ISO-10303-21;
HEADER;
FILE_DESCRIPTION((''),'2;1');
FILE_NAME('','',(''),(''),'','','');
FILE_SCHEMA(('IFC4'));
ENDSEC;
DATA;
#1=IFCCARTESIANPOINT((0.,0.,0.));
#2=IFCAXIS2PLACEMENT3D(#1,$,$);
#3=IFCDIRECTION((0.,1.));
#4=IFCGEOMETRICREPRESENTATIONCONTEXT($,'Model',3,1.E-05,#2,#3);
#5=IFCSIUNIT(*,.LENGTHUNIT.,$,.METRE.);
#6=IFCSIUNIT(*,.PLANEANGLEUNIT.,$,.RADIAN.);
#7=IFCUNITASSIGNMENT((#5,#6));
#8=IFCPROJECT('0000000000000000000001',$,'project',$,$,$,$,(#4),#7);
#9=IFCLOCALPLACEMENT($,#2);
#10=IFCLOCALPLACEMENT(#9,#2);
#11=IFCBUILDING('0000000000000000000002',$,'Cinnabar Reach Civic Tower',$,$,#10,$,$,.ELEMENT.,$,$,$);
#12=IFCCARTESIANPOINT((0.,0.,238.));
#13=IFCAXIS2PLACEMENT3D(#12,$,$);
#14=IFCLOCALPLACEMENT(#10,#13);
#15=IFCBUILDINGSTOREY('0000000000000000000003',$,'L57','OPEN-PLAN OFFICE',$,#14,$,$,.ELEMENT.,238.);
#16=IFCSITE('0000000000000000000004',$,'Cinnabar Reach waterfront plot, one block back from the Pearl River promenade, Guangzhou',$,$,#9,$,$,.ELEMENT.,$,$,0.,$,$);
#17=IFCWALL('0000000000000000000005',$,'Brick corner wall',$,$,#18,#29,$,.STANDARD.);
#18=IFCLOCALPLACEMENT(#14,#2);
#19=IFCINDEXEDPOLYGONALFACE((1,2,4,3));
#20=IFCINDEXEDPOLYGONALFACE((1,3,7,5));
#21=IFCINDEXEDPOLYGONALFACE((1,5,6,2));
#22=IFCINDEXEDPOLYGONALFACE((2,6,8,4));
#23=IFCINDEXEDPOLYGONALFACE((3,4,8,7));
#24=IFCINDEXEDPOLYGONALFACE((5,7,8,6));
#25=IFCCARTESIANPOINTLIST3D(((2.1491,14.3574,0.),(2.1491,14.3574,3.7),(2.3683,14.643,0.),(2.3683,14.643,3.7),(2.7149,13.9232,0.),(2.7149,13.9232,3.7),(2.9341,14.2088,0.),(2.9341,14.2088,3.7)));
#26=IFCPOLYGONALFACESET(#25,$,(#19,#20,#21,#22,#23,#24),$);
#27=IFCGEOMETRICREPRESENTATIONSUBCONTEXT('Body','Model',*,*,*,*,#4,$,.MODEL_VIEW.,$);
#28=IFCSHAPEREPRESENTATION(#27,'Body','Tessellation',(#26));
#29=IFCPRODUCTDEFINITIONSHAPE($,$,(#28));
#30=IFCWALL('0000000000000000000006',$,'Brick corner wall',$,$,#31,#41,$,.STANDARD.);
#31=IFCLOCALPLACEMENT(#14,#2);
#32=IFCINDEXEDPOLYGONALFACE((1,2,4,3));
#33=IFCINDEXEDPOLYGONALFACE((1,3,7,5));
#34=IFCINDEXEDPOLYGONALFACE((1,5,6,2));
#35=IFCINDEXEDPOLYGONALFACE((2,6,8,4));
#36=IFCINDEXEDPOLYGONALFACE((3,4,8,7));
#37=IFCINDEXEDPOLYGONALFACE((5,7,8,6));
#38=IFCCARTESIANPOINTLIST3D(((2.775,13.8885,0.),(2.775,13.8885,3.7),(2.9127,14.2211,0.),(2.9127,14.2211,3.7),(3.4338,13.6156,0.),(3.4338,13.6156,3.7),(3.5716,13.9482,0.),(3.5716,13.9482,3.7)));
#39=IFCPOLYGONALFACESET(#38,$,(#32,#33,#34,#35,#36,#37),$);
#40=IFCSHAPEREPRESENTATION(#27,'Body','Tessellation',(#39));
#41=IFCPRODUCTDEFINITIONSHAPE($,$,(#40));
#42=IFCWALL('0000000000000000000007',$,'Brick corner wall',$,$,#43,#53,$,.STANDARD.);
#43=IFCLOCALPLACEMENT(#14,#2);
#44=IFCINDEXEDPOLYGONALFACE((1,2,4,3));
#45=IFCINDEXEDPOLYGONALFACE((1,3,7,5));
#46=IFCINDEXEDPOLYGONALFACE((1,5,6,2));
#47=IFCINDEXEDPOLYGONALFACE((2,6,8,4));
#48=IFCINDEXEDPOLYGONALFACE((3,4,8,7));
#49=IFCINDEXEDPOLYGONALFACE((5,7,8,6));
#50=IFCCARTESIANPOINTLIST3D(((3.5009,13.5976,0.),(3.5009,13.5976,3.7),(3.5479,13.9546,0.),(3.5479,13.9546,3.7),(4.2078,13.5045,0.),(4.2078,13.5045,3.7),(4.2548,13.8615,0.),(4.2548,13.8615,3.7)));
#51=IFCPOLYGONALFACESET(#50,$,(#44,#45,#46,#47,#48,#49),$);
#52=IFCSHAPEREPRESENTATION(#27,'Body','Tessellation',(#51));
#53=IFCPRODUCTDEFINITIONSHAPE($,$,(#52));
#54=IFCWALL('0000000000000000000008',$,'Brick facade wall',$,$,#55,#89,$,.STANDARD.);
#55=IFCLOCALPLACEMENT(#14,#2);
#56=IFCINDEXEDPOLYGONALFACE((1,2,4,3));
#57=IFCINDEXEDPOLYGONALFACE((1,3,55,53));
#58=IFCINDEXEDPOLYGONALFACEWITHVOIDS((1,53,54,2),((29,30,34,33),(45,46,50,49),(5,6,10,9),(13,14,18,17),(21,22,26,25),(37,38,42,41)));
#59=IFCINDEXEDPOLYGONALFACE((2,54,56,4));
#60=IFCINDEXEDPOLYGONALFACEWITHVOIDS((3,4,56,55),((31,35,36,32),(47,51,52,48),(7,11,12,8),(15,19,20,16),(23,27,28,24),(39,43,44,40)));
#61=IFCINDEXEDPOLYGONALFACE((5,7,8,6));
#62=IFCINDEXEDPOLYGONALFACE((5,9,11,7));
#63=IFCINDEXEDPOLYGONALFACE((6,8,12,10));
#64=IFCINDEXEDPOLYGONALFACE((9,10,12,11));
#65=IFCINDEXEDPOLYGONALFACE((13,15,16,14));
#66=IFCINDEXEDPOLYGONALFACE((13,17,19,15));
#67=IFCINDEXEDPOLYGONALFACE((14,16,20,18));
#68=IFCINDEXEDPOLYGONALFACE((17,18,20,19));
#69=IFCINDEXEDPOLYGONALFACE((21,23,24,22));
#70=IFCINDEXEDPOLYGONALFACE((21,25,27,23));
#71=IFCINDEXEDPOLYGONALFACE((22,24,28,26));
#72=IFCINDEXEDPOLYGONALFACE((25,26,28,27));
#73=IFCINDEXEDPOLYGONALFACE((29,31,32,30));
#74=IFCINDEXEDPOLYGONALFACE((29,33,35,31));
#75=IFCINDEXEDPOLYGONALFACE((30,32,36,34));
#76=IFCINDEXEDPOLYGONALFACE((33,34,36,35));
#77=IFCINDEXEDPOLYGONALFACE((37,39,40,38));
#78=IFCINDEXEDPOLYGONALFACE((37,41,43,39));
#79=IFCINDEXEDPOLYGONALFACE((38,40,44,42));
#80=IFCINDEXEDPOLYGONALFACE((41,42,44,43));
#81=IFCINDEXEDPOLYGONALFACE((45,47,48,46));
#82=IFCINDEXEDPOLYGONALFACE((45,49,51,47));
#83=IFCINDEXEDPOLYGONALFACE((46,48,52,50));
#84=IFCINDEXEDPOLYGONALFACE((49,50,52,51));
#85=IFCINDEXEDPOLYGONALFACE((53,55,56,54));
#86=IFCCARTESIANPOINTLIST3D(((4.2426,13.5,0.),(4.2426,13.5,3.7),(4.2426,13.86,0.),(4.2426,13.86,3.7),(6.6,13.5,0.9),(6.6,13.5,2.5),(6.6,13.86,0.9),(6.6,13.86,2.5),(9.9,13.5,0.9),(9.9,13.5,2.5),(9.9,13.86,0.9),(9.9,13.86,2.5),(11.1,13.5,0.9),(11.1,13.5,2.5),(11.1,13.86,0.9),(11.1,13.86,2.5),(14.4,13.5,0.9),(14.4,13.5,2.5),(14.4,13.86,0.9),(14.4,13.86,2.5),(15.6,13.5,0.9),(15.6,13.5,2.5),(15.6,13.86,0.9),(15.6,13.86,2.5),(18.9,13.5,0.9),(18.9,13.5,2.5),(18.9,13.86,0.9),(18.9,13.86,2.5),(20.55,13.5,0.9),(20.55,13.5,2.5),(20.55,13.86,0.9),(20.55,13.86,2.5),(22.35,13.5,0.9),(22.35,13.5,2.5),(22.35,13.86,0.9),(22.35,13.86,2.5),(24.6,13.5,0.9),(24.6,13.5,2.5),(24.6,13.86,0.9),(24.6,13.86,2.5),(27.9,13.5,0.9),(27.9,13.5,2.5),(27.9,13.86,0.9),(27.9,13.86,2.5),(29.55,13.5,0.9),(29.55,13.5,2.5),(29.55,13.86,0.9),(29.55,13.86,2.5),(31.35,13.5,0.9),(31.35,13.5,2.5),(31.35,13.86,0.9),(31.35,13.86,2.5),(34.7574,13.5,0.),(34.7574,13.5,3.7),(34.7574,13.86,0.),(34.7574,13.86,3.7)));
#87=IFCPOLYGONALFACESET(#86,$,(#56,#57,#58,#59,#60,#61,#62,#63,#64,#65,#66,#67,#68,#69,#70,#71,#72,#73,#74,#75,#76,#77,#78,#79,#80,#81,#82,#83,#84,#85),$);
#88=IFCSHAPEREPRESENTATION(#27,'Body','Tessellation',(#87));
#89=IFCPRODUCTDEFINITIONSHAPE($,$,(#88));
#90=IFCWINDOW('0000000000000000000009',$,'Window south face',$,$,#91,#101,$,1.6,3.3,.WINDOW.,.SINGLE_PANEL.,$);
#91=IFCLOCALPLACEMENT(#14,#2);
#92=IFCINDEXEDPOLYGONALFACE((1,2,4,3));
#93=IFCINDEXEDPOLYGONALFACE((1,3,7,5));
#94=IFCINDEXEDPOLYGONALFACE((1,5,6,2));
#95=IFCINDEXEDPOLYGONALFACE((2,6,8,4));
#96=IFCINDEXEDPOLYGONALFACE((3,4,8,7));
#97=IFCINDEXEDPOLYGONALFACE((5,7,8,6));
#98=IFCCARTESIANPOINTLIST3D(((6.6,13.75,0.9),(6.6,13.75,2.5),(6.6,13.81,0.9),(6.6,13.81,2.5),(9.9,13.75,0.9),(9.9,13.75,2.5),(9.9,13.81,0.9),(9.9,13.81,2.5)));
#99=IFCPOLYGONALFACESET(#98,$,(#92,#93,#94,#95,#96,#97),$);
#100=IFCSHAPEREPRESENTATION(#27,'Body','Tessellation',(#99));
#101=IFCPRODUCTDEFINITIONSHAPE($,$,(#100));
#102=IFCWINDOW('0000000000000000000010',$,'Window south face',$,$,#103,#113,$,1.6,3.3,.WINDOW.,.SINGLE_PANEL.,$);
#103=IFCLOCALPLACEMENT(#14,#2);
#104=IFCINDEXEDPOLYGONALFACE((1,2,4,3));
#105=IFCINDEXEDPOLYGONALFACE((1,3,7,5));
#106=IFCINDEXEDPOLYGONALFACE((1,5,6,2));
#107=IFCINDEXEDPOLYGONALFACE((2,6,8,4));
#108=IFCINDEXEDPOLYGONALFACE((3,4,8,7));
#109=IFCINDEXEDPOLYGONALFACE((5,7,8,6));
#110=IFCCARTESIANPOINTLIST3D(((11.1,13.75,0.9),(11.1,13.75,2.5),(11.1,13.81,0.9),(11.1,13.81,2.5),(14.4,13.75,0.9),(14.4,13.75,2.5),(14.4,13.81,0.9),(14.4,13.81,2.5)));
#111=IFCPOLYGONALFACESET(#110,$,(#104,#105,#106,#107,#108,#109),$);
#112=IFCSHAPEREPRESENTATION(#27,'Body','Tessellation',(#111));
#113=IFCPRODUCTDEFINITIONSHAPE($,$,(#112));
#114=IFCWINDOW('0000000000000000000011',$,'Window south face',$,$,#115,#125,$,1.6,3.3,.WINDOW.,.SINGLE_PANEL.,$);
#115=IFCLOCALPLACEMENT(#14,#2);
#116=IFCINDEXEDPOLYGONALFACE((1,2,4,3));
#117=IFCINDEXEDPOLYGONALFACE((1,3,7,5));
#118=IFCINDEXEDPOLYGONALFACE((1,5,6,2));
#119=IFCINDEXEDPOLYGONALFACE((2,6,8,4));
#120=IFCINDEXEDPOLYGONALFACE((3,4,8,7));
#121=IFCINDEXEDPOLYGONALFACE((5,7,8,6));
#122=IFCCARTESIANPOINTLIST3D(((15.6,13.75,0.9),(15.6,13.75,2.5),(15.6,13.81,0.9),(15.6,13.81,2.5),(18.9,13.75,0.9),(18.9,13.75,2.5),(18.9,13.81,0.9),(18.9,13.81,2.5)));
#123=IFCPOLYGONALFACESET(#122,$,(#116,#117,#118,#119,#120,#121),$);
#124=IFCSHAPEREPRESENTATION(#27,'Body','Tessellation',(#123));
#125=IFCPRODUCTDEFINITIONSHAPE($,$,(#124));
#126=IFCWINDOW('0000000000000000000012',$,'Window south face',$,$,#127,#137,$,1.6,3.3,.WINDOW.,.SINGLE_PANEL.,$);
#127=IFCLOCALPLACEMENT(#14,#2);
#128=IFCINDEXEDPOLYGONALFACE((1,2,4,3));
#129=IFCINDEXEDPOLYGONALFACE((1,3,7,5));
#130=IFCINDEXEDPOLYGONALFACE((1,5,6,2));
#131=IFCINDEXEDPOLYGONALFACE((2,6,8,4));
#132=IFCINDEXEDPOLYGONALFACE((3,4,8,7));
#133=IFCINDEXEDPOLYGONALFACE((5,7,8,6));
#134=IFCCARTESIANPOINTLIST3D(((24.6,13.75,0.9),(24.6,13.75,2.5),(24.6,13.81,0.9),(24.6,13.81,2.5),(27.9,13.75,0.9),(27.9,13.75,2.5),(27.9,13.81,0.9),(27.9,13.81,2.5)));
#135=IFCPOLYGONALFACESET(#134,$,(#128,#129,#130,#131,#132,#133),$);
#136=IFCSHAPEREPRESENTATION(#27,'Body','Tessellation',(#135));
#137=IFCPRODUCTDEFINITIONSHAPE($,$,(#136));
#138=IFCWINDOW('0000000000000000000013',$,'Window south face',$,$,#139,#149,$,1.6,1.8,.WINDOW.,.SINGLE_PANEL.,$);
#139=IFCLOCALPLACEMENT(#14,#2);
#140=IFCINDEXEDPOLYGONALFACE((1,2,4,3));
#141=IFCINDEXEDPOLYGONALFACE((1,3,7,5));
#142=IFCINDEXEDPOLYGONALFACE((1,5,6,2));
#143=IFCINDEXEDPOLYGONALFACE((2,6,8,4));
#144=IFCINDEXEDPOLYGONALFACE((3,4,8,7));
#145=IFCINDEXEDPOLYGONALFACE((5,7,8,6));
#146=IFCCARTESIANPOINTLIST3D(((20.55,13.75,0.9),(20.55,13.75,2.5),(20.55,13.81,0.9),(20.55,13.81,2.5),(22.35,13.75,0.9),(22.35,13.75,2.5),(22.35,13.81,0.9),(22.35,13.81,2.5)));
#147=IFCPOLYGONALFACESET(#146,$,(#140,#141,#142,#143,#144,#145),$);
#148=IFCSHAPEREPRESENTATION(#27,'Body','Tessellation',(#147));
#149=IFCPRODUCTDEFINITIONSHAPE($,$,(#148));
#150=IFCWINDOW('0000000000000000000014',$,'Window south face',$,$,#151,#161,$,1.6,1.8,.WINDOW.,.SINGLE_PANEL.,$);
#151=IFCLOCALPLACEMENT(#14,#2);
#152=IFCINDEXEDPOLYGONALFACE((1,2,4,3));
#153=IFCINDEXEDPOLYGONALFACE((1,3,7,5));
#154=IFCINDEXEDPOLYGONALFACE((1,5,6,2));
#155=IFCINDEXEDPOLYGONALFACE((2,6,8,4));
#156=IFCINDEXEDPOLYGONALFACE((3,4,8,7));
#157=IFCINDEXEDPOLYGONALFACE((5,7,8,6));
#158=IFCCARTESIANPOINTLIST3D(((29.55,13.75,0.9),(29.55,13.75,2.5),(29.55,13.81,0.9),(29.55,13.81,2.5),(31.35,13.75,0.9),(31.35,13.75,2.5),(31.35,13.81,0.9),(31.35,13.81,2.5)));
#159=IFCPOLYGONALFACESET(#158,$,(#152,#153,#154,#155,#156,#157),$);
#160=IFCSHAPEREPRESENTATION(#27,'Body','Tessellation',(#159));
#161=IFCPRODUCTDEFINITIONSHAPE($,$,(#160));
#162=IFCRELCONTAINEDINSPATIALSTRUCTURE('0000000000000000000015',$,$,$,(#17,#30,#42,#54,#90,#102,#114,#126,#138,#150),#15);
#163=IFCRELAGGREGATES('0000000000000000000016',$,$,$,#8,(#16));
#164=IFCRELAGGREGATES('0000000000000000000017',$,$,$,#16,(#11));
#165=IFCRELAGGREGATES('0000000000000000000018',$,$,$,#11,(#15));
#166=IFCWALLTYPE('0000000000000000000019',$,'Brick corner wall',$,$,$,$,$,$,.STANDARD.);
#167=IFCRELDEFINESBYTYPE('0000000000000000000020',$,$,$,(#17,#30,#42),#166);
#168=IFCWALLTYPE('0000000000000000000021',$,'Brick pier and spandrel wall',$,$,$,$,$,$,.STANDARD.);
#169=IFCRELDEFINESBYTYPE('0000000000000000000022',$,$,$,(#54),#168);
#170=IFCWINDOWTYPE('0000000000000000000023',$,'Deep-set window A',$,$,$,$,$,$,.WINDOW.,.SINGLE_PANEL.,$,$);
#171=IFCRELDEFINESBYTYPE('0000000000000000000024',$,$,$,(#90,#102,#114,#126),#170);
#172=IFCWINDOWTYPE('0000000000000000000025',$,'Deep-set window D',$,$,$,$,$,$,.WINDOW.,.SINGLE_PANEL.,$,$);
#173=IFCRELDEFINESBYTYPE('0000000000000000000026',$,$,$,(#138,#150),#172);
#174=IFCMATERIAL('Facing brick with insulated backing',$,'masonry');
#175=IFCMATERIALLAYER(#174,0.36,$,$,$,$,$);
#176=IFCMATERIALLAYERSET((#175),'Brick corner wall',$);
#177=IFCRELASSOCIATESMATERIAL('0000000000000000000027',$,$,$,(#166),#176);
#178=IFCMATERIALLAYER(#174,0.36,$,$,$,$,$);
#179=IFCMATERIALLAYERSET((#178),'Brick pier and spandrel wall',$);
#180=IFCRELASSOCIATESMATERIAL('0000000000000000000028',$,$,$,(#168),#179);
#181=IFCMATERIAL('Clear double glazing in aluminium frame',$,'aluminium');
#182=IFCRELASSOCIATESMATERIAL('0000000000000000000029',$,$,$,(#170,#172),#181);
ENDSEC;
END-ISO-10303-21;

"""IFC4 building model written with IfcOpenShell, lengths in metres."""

from ifc_helpers import new_model, si_unit, direction, frame, frame_2d, origin, place, context, subcontext, project, spatial, rectangle, extrude, material, layer, layer_set, type_object, element, fill, save


model = new_model("IFC4")

# Units and contexts
model_context = context("Model", 3, precision=1e-05, world=origin(), true_north=direction((0.0, 1.0)))
body_context = subcontext(model_context, "Body", "Model", "MODEL_VIEW")
ifc_project = project(units=[si_unit("LENGTHUNIT", "METRE"), si_unit("PLANEANGLEUNIT", "RADIAN")], contexts=[model_context])

# Site, building, storey
site_placement = place(None, origin())
site = spatial("IfcSite", under=ifc_project, at=site_placement, Name="Cinnabar Reach waterfront plot, one block back from the Pearl River promenade, Guangzhou", CompositionType="ELEMENT", RefElevation=0.0)
building_placement = place(site_placement, origin())
building = spatial("IfcBuilding", under=site, at=building_placement, Name="Cinnabar Reach Civic Tower", CompositionType="ELEMENT")
storey_placement = place(building_placement, frame((0.0, 0.0, 238.0)))
storey = spatial("IfcBuildingStorey", under=building, at=storey_placement, Name="L57", Description="OPEN-PLAN OFFICE", CompositionType="ELEMENT", Elevation=238.0)

# Walls
ifc_material_1 = material(Name="Facing brick with insulated backing", Category="masonry")
ifc_layer_1 = layer(ifc_material_1, 0.36)
ifc_layer_set_1 = layer_set([ifc_layer_1], Name="Brick corner wall")
wall_type_1 = type_object("IfcWallType", Name="Brick corner wall", PredefinedType="STANDARD", material=ifc_layer_set_1)
wall_1_placement = place(storey_placement, frame((2.2587, 14.5002, 0.0), z_axis=(0.0, 0.0, 1.0), x_axis=(0.793322, -0.608802, 0.0)))
element("IfcWall", 1, at=wall_1_placement, inside=storey, type_object=wall_type_1, Name="Brick corner wall", PredefinedType="STANDARD", context=body_context, shape_type="SweptSolid", body=[
    extrude(rectangle(XDim=0.7132, YDim=0.36, at=frame_2d((0.3566, 0.0))), origin(), (0.0, 0.0, 1.0), 3.7),
])
for number, where, z_axis, x_axis, name in (
    (2, (2.8439, 14.0548, 0.0), (0.0, 0.0, 1.0), (0.923872, -0.382703, 0.0), "Brick corner wall"),
    (3, (3.5244, 13.7761, 0.0), (0.0, 0.0, 1.0), (0.991441, -0.130556, 0.0), "Brick corner wall"),
):
    element("IfcWall", number, at=place(storey_placement, frame(where, z_axis=z_axis, x_axis=x_axis)), inside=storey, type_object=wall_type_1, Name=name, PredefinedType="STANDARD", context=body_context, shape_type="SweptSolid", body=[
        extrude(rectangle(XDim=0.7131, YDim=0.36, at=frame_2d((0.3565, 0.0))), origin(), (0.0, 0.0, 1.0), 3.7),
    ])

# Wall, openings, windows
ifc_layer_2 = layer(ifc_material_1, 0.36)
ifc_layer_set_2 = layer_set([ifc_layer_2], Name="Brick pier and spandrel wall")
wall_type_2 = type_object("IfcWallType", Name="Brick pier and spandrel wall", PredefinedType="STANDARD", material=ifc_layer_set_2)
wall_2_placement = place(storey_placement, frame((4.2426, 13.68, 0.0), z_axis=(0.0, 0.0, 1.0), x_axis=(1.0, 0.0, 0.0)))
wall_2 = element("IfcWall", 4, at=wall_2_placement, inside=storey, type_object=wall_type_2, Name="Brick facade wall", PredefinedType="STANDARD", context=body_context, shape_type="SweptSolid", body=[
    extrude(rectangle(XDim=30.5148, YDim=0.36, at=frame_2d((15.2574, 0.0))), origin(), (0.0, 0.0, 1.0), 3.7),
])
opening_1_placement = place(wall_2_placement, frame((2.3574, 0.0, 0.9)))
opening_1 = element("IfcOpeningElement", 5, at=opening_1_placement, cuts=wall_2, PredefinedType="OPENING", context=body_context, shape_type="SweptSolid", body=[
    extrude(rectangle(XDim=3.3, YDim=1.6, at=frame_2d((1.65, 0.8))), frame((0.0, 0.19, 0.0), z_axis=(0.0, -1.0, 0.0), x_axis=(1.0, 0.0, 0.0)), (0.0, 0.0, 1.0), 0.38),
])
opening_2_placement = place(wall_2_placement, frame((6.8574, 0.0, 0.9)))
opening_2 = element("IfcOpeningElement", 6, at=opening_2_placement, cuts=wall_2, PredefinedType="OPENING", context=body_context, shape_type="SweptSolid", body=[
    extrude(rectangle(XDim=3.3, YDim=1.6, at=frame_2d((1.65, 0.8))), frame((0.0, 0.19, 0.0), z_axis=(0.0, -1.0, 0.0), x_axis=(1.0, 0.0, 0.0)), (0.0, 0.0, 1.0), 0.38),
])
opening_3_placement = place(wall_2_placement, frame((11.3574, 0.0, 0.9)))
opening_3 = element("IfcOpeningElement", 7, at=opening_3_placement, cuts=wall_2, PredefinedType="OPENING", context=body_context, shape_type="SweptSolid", body=[
    extrude(rectangle(XDim=3.3, YDim=1.6, at=frame_2d((1.65, 0.8))), frame((0.0, 0.19, 0.0), z_axis=(0.0, -1.0, 0.0), x_axis=(1.0, 0.0, 0.0)), (0.0, 0.0, 1.0), 0.38),
])
opening_4_placement = place(wall_2_placement, frame((16.3074, 0.0, 0.9)))
opening_4 = element("IfcOpeningElement", 8, at=opening_4_placement, cuts=wall_2, PredefinedType="OPENING", context=body_context, shape_type="SweptSolid", body=[
    extrude(rectangle(XDim=1.8, YDim=1.6, at=frame_2d((0.9, 0.8))), frame((0.0, 0.19, 0.0), z_axis=(0.0, -1.0, 0.0), x_axis=(1.0, 0.0, 0.0)), (0.0, 0.0, 1.0), 0.38),
])
opening_5_placement = place(wall_2_placement, frame((20.3574, 0.0, 0.9)))
opening_5 = element("IfcOpeningElement", 9, at=opening_5_placement, cuts=wall_2, PredefinedType="OPENING", context=body_context, shape_type="SweptSolid", body=[
    extrude(rectangle(XDim=3.3, YDim=1.6, at=frame_2d((1.65, 0.8))), frame((0.0, 0.19, 0.0), z_axis=(0.0, -1.0, 0.0), x_axis=(1.0, 0.0, 0.0)), (0.0, 0.0, 1.0), 0.38),
])
opening_6_placement = place(wall_2_placement, frame((25.3074, 0.0, 0.9)))
opening_6 = element("IfcOpeningElement", 10, at=opening_6_placement, cuts=wall_2, PredefinedType="OPENING", context=body_context, shape_type="SweptSolid", body=[
    extrude(rectangle(XDim=1.8, YDim=1.6, at=frame_2d((0.9, 0.8))), frame((0.0, 0.19, 0.0), z_axis=(0.0, -1.0, 0.0), x_axis=(1.0, 0.0, 0.0)), (0.0, 0.0, 1.0), 0.38),
])
ifc_material_2 = material(Name="Clear double glazing in aluminium frame", Category="aluminium")
window_type_1 = type_object("IfcWindowType", Name="Deep-set window A", PartitioningType="SINGLE_PANEL", PredefinedType="WINDOW", material=ifc_material_2)
window_1_placement = place(opening_1_placement, origin())
window_1 = element("IfcWindow", 11, at=window_1_placement, inside=storey, type_object=window_type_1, Name="Window south face", OverallHeight=1.6, OverallWidth=3.3, PartitioningType="SINGLE_PANEL", PredefinedType="WINDOW", context=body_context, shape_type="SweptSolid", body=[
    extrude(rectangle(XDim=3.3, YDim=1.6, at=frame_2d((1.65, 0.8))), frame((0.0, 0.13, 0.0), z_axis=(0.0, -1.0, 0.0), x_axis=(1.0, 0.0, 0.0)), (0.0, 0.0, 1.0), 0.06),
])
fill(opening_1, window_1)
window_2_placement = place(opening_2_placement, origin())
window_2 = element("IfcWindow", 12, at=window_2_placement, inside=storey, type_object=window_type_1, Name="Window south face", OverallHeight=1.6, OverallWidth=3.3, PartitioningType="SINGLE_PANEL", PredefinedType="WINDOW", context=body_context, shape_type="SweptSolid", body=[
    extrude(rectangle(XDim=3.3, YDim=1.6, at=frame_2d((1.65, 0.8))), frame((0.0, 0.13, 0.0), z_axis=(0.0, -1.0, 0.0), x_axis=(1.0, 0.0, 0.0)), (0.0, 0.0, 1.0), 0.06),
])
fill(opening_2, window_2)
window_3_placement = place(opening_3_placement, origin())
window_3 = element("IfcWindow", 13, at=window_3_placement, inside=storey, type_object=window_type_1, Name="Window south face", OverallHeight=1.6, OverallWidth=3.3, PartitioningType="SINGLE_PANEL", PredefinedType="WINDOW", context=body_context, shape_type="SweptSolid", body=[
    extrude(rectangle(XDim=3.3, YDim=1.6, at=frame_2d((1.65, 0.8))), frame((0.0, 0.13, 0.0), z_axis=(0.0, -1.0, 0.0), x_axis=(1.0, 0.0, 0.0)), (0.0, 0.0, 1.0), 0.06),
])
fill(opening_3, window_3)
window_4_placement = place(opening_5_placement, origin())
window_4 = element("IfcWindow", 14, at=window_4_placement, inside=storey, type_object=window_type_1, Name="Window south face", OverallHeight=1.6, OverallWidth=3.3, PartitioningType="SINGLE_PANEL", PredefinedType="WINDOW", context=body_context, shape_type="SweptSolid", body=[
    extrude(rectangle(XDim=3.3, YDim=1.6, at=frame_2d((1.65, 0.8))), frame((0.0, 0.13, 0.0), z_axis=(0.0, -1.0, 0.0), x_axis=(1.0, 0.0, 0.0)), (0.0, 0.0, 1.0), 0.06),
])
fill(opening_5, window_4)
window_type_2 = type_object("IfcWindowType", Name="Deep-set window D", PartitioningType="SINGLE_PANEL", PredefinedType="WINDOW", material=ifc_material_2)
window_5_placement = place(opening_4_placement, origin())
window_5 = element("IfcWindow", 15, at=window_5_placement, inside=storey, type_object=window_type_2, Name="Window south face", OverallHeight=1.6, OverallWidth=1.8, PartitioningType="SINGLE_PANEL", PredefinedType="WINDOW", context=body_context, shape_type="SweptSolid", body=[
    extrude(rectangle(XDim=1.8, YDim=1.6, at=frame_2d((0.9, 0.8))), frame((0.0, 0.13, 0.0), z_axis=(0.0, -1.0, 0.0), x_axis=(1.0, 0.0, 0.0)), (0.0, 0.0, 1.0), 0.06),
])
fill(opening_4, window_5)
window_6_placement = place(opening_6_placement, origin())
window_6 = element("IfcWindow", 16, at=window_6_placement, inside=storey, type_object=window_type_2, Name="Window south face", OverallHeight=1.6, OverallWidth=1.8, PartitioningType="SINGLE_PANEL", PredefinedType="WINDOW", context=body_context, shape_type="SweptSolid", body=[
    extrude(rectangle(XDim=1.8, YDim=1.6, at=frame_2d((0.9, 0.8))), frame((0.0, 0.13, 0.0), z_axis=(0.0, -1.0, 0.0), x_axis=(1.0, 0.0, 0.0)), (0.0, 0.0, 1.0), 0.06),
])
fill(opening_6, window_6)

save(model, "model.ifc")
